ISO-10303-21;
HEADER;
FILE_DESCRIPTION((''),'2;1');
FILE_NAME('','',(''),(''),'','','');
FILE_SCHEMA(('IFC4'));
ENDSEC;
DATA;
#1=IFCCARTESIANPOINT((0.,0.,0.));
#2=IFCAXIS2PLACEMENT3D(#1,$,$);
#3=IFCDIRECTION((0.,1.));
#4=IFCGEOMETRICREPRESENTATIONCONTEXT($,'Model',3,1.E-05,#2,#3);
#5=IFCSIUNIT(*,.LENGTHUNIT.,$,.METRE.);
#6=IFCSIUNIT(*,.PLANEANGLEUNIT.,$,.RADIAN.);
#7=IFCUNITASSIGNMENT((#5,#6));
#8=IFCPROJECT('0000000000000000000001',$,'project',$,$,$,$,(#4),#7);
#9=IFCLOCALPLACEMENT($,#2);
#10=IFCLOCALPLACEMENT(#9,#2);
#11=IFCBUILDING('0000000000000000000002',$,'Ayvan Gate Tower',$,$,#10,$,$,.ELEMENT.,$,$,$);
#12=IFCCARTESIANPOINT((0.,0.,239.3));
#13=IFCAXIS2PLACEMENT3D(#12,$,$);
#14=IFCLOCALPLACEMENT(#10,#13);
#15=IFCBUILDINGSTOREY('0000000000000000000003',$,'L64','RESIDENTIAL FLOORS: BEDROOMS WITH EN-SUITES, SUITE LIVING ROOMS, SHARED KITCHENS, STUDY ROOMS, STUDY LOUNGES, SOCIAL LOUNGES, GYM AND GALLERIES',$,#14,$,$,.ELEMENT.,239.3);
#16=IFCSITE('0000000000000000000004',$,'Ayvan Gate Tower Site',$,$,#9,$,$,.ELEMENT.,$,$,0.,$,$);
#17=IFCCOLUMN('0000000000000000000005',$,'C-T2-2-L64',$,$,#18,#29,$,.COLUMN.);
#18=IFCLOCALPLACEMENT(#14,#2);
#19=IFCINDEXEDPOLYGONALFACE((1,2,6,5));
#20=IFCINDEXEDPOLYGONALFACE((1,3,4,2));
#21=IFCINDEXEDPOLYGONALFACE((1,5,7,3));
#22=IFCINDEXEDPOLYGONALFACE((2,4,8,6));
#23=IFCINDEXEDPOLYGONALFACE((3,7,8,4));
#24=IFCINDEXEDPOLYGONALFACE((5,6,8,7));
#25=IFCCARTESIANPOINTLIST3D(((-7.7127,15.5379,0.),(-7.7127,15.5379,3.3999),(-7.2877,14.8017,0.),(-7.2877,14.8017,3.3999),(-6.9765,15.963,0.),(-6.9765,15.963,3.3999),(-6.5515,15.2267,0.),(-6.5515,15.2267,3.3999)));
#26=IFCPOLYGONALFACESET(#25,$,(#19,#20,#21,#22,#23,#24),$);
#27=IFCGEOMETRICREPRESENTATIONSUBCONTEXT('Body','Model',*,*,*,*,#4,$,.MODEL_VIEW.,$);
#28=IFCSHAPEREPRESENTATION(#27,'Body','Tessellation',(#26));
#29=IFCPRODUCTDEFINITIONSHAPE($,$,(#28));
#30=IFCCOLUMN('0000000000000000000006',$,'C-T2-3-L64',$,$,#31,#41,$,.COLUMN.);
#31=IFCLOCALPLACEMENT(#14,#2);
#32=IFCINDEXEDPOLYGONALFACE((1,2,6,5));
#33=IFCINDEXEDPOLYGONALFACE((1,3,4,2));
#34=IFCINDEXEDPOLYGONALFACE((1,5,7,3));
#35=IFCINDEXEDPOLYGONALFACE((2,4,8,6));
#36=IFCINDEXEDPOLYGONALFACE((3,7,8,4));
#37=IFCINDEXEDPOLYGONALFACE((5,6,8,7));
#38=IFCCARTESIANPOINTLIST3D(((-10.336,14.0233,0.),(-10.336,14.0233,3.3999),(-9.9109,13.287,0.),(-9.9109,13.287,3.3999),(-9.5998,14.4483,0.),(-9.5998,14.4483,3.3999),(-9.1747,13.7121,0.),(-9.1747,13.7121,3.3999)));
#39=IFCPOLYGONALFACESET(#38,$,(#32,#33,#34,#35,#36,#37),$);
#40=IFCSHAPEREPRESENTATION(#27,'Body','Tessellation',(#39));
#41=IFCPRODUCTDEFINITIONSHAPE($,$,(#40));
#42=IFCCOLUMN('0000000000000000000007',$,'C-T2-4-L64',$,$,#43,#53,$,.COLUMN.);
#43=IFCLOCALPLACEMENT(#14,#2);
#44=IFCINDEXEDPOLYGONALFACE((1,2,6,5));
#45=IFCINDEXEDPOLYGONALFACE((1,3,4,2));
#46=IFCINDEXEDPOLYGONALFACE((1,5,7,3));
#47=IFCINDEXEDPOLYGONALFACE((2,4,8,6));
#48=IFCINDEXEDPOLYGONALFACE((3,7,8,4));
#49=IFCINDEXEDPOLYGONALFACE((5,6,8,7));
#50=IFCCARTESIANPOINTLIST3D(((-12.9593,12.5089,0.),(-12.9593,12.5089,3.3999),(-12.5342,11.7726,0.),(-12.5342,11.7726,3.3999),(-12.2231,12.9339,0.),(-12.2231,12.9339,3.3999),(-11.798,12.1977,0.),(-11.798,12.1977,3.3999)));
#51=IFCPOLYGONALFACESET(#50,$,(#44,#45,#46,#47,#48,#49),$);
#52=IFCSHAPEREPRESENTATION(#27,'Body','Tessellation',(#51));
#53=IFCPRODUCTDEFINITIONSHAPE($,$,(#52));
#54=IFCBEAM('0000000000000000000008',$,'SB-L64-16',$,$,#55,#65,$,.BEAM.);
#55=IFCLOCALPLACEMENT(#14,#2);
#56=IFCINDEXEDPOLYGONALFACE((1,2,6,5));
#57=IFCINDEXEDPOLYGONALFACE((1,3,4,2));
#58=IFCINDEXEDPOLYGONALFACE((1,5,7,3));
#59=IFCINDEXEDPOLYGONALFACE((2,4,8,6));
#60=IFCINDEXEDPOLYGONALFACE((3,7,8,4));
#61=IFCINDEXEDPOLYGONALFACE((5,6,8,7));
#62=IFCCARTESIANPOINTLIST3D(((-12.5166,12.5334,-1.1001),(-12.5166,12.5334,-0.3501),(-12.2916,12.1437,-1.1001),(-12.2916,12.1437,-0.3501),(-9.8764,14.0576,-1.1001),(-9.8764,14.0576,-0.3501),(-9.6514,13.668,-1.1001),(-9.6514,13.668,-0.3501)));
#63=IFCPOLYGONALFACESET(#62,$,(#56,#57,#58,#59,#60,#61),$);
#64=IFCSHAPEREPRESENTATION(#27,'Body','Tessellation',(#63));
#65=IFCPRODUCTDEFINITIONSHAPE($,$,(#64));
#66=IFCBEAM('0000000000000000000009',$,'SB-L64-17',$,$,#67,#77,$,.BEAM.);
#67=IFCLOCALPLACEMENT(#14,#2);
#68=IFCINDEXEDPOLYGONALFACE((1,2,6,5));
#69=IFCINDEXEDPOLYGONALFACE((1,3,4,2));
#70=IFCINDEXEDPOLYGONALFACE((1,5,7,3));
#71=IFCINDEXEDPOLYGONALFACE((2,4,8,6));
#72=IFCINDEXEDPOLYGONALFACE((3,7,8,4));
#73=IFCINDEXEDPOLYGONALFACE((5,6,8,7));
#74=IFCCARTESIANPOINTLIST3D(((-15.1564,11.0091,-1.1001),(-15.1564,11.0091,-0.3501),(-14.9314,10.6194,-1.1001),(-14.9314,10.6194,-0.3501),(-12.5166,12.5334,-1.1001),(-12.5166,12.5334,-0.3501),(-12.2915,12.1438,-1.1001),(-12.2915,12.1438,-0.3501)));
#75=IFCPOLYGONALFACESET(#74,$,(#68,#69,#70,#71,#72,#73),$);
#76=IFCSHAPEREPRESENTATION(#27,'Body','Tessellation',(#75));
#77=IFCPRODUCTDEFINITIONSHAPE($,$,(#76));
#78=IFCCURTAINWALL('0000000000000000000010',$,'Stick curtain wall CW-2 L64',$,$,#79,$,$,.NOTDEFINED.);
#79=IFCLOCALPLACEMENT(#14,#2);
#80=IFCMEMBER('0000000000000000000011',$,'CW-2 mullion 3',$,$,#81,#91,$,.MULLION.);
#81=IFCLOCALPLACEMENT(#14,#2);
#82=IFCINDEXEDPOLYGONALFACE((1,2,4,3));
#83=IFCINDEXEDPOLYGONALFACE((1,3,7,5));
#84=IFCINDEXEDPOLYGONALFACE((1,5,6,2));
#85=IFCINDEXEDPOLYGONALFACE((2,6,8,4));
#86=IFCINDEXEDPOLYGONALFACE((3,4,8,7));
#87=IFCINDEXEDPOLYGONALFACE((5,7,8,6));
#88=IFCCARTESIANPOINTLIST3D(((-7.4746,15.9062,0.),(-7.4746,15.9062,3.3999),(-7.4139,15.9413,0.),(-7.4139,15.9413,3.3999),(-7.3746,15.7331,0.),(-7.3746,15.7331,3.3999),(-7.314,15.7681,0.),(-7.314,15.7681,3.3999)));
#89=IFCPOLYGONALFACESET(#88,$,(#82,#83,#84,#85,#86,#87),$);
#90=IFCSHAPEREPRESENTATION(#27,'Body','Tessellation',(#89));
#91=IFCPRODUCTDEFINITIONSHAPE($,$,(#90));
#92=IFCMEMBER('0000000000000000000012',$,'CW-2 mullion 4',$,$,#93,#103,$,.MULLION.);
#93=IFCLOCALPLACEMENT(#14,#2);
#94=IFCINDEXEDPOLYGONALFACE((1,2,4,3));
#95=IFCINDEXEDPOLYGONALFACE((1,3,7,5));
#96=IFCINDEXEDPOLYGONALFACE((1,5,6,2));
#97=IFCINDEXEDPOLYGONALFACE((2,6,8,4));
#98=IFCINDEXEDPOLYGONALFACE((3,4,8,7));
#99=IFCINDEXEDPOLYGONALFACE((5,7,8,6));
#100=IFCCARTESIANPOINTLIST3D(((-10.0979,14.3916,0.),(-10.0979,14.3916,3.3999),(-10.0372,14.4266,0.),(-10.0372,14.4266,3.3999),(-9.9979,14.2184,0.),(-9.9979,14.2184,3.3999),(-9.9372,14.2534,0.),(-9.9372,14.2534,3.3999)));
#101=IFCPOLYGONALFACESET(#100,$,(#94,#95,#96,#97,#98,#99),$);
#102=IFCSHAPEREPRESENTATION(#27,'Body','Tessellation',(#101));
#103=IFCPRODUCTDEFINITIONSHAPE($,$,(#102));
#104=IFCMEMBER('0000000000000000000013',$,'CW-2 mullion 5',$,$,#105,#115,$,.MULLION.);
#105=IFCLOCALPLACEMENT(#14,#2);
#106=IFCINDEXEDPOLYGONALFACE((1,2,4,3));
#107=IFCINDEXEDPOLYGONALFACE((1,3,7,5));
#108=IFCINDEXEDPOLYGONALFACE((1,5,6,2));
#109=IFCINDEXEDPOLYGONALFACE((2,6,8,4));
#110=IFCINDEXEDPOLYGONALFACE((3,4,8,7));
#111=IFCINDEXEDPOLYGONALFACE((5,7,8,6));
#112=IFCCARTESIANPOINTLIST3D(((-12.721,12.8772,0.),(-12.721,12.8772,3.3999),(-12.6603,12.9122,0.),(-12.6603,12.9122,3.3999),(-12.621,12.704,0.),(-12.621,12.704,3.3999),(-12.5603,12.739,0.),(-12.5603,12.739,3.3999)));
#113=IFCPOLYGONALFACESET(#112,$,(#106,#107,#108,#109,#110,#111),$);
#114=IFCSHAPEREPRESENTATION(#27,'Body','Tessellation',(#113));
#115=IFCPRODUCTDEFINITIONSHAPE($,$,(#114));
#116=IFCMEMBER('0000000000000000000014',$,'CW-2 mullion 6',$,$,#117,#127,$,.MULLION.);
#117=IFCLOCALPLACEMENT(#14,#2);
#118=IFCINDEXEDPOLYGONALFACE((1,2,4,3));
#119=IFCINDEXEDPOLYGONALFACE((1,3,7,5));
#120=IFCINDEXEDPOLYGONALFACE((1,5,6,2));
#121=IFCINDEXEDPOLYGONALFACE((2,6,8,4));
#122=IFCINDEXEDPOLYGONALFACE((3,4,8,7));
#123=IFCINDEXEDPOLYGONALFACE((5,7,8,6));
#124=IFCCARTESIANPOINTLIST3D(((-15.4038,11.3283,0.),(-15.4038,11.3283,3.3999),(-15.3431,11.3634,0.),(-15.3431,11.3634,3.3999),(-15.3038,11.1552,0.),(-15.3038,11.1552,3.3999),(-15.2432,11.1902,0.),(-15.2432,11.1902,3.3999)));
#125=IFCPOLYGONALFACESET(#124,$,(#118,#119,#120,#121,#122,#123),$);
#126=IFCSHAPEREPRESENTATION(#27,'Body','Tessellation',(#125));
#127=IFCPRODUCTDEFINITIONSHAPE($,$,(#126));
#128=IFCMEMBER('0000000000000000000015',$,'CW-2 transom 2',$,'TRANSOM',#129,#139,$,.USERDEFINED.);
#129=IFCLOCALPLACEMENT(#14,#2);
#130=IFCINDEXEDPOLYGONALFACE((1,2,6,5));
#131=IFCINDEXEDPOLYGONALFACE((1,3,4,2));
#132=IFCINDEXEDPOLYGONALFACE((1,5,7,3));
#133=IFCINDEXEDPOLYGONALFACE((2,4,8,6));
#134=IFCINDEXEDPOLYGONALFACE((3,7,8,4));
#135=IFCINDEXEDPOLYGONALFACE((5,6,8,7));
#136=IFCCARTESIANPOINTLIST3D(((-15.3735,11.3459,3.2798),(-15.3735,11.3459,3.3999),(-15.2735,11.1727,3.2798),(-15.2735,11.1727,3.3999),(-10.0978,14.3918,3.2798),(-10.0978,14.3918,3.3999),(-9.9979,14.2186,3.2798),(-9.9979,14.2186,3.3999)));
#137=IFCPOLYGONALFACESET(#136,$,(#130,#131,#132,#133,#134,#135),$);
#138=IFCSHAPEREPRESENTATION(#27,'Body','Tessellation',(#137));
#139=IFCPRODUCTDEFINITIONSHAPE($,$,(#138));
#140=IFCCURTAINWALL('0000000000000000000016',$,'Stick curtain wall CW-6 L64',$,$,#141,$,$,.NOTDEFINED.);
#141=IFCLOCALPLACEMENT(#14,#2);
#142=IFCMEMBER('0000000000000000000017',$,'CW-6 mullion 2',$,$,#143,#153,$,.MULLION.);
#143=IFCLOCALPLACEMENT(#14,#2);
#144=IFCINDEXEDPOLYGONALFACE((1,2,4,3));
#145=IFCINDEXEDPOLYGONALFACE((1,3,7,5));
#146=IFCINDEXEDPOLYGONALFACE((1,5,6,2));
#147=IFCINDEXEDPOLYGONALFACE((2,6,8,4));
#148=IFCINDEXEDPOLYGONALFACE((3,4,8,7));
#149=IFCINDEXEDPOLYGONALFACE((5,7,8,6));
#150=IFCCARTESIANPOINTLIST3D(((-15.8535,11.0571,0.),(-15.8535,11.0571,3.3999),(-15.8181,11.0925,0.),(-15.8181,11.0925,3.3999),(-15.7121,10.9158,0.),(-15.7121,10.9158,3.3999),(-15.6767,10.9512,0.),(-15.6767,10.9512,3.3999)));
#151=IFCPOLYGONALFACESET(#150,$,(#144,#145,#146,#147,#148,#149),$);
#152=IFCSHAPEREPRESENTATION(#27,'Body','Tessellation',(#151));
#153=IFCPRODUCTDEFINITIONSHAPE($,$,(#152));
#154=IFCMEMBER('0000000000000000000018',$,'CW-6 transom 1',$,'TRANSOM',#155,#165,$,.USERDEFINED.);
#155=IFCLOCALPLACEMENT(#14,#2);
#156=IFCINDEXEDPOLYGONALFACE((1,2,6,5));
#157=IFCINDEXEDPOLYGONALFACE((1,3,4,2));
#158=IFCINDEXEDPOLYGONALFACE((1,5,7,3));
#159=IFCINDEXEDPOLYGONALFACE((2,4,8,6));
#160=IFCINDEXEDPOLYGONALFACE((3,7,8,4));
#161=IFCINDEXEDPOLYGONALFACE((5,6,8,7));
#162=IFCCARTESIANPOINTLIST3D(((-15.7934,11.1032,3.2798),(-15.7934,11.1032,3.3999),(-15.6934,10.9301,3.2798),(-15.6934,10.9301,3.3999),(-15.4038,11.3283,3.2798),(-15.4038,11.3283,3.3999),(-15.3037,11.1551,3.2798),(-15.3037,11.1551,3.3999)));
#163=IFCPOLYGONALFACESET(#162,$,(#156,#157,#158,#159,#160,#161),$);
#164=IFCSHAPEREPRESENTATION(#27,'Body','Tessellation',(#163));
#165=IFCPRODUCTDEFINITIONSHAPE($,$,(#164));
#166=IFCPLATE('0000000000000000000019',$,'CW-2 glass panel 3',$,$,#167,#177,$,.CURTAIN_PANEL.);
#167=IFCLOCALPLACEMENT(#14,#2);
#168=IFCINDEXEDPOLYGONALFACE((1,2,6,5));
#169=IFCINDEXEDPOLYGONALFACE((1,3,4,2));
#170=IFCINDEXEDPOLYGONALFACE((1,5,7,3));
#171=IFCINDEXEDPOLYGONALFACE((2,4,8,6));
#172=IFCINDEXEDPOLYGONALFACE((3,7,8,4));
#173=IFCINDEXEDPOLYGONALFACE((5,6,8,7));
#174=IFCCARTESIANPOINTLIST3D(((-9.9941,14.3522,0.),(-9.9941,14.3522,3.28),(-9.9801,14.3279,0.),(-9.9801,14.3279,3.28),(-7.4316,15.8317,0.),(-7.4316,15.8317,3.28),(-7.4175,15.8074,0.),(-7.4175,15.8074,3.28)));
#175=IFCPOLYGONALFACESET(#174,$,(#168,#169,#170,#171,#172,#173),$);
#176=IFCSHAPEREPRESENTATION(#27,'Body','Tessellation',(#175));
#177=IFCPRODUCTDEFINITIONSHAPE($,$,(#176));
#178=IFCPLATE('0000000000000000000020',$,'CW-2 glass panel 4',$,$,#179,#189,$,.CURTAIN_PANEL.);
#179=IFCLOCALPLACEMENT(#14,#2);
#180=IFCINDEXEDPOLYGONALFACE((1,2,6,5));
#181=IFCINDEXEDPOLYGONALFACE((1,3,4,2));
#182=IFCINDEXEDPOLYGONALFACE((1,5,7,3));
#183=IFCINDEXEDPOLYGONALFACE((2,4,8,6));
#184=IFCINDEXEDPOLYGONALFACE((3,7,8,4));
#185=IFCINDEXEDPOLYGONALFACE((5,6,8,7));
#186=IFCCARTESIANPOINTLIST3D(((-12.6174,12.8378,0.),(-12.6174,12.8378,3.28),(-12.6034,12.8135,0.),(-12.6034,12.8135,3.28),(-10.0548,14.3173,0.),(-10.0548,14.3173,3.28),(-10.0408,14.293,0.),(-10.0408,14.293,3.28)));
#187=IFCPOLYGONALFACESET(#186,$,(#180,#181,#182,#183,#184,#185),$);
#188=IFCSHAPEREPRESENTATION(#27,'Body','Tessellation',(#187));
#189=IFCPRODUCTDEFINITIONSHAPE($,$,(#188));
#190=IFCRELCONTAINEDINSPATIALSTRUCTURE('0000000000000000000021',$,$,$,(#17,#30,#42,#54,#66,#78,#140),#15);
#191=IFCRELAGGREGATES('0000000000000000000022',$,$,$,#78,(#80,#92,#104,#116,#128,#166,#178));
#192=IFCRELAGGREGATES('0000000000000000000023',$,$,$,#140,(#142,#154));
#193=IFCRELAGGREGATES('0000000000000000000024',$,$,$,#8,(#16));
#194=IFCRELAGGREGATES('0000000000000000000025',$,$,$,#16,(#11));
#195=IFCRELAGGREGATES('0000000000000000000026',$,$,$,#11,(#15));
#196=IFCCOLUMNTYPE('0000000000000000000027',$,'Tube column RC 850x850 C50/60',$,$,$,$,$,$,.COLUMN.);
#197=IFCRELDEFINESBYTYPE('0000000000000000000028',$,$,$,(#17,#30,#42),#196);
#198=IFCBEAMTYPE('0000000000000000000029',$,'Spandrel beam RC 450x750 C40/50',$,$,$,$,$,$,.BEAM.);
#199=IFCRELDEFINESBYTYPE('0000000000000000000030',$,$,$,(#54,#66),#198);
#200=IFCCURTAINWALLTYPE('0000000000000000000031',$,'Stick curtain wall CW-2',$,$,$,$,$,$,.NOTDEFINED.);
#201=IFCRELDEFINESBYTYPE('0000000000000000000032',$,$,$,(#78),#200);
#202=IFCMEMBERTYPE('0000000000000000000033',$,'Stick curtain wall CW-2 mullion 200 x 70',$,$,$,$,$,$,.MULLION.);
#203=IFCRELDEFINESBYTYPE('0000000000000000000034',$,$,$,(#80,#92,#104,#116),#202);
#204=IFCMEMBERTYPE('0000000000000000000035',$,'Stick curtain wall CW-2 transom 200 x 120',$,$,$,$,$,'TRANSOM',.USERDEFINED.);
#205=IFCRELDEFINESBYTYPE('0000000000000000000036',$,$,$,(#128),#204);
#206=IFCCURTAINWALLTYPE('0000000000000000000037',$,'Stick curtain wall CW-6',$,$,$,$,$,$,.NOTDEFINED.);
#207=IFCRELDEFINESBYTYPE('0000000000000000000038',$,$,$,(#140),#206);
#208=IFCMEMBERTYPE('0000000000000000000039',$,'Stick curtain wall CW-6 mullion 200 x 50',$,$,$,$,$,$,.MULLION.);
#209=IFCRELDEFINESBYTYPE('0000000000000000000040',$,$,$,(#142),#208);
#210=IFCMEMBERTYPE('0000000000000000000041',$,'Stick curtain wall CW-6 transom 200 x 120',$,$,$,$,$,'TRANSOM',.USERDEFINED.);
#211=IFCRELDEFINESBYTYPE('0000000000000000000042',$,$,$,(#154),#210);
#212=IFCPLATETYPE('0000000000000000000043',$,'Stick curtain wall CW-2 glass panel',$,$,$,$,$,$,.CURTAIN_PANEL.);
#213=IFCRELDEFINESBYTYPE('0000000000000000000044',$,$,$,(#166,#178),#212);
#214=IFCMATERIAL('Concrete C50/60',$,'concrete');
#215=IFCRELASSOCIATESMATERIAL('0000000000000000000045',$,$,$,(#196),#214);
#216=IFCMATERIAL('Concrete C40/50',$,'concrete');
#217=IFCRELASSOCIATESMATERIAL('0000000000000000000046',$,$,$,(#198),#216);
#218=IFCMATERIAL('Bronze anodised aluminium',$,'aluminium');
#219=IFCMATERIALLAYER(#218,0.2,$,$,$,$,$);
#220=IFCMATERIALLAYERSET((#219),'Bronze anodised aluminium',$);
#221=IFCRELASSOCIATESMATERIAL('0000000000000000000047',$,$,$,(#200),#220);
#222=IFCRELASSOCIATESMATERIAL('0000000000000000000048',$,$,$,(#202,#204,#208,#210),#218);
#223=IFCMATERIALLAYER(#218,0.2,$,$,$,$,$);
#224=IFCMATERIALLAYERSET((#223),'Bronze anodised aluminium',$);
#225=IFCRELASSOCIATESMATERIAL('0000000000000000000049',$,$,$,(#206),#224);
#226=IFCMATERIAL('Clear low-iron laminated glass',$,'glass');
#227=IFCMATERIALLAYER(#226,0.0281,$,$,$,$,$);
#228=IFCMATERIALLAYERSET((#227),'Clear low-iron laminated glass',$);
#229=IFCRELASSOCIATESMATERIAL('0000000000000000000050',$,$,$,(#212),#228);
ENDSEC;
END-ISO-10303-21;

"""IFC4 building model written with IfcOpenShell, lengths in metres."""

from ifc_helpers import new_model, si_unit, direction, frame, origin, origin_2d, place, context, subcontext, project, spatial, rectangle, extrude, material, layer, layer_set, material_profile, profile_set, type_object, element, aggregate, save


model = new_model("IFC4")

# Units and contexts
model_context = context("Model", 3, precision=1e-05, world=origin(), true_north=direction((0.0, 1.0)))
body_context = subcontext(model_context, "Body", "Model", "MODEL_VIEW")
ifc_project = project(units=[si_unit("LENGTHUNIT", "METRE"), si_unit("PLANEANGLEUNIT", "RADIAN")], contexts=[model_context])

# Site, building, storey
site_placement = place(None, origin())
site = spatial("IfcSite", under=ifc_project, at=site_placement, Name="Ayvan Gate Tower Site", CompositionType="ELEMENT", RefElevation=0.0)
building_placement = place(site_placement, origin())
building = spatial("IfcBuilding", under=site, at=building_placement, Name="Ayvan Gate Tower", CompositionType="ELEMENT")
storey_placement = place(building_placement, frame((0.0, 0.0, 239.3)))
storey = spatial("IfcBuildingStorey", under=building, at=storey_placement, Name="L64", Description="RESIDENTIAL FLOORS: BEDROOMS WITH EN-SUITES, SUITE LIVING ROOMS, SHARED KITCHENS, STUDY ROOMS, STUDY LOUNGES, SOCIAL LOUNGES, GYM AND GALLERIES", CompositionType="ELEMENT", Elevation=239.3)

# Columns
ifc_material_1 = material(Name="Concrete C50/60", Category="concrete")
ifc_material_profile_1 = material_profile(ifc_material_1, rectangle(XDim=0.8501, YDim=0.8501, at=origin_2d()), Name="RC 850x850")
ifc_profile_set_1 = profile_set([ifc_material_profile_1], Name="Concrete C50/60")
column_type = type_object("IfcColumnType", Name="Tube column RC 850x850 C50/60", PredefinedType="COLUMN", material=ifc_profile_set_1)
for number, where, z_axis, x_axis, name in (
    (1, (-7.1321, 15.3823, 0.0), (0.0, 0.0, 1.0), (-0.5, 0.866025, 0.0), "C-T2-2-L64"),
    (2, (-9.7554, 13.8677, 0.0), (0.0, 0.0, 1.0), (-0.5, 0.866025, 0.0), "C-T2-3-L64"),
    (3, (-12.3787, 12.3533, 0.0), (0.0, 0.0, 1.0), (-0.5, 0.866025, 0.0), "C-T2-4-L64"),
):
    element("IfcColumn", number, at=place(storey_placement, frame(where, z_axis=z_axis, x_axis=x_axis)), inside=storey, type_object=column_type, Name=name, PredefinedType="COLUMN", context=body_context, shape_type="SweptSolid", body=[
        extrude(rectangle(XDim=0.8501, YDim=0.8501, at=origin_2d()), origin(), (0.0, 0.0, 1.0), 3.3999),
    ])

# Beams
ifc_material_2 = material(Name="Concrete C40/50", Category="concrete")
ifc_material_profile_2 = material_profile(ifc_material_2, rectangle(XDim=0.45, YDim=0.75, at=origin_2d()), Name="RC 450x750")
ifc_profile_set_2 = profile_set([ifc_material_profile_2], Name="Concrete C40/50")
beam_type = type_object("IfcBeamType", Name="Spandrel beam RC 450x750 C40/50", PredefinedType="BEAM", material=ifc_profile_set_2)
beam_1_placement = place(storey_placement, frame((-9.7639, 13.8628, -0.7251), z_axis=(-0.866042, -0.499972, 0.0), x_axis=(0.499972, -0.866042, 0.0)))
element("IfcBeam", 4, at=beam_1_placement, inside=storey, type_object=beam_type, Name="SB-L64-16", PredefinedType="BEAM", context=body_context, shape_type="SweptSolid", body=[
    extrude(rectangle(XDim=0.45, YDim=0.75, at=origin_2d()), origin(), (0.0, 0.0, 1.0), 3.0486),
])
beam_2_placement = place(storey_placement, frame((-12.4041, 12.3386, -0.7251), z_axis=(-0.865987, -0.500067, 0.0), x_axis=(0.500067, -0.865987, 0.0)))
element("IfcBeam", 5, at=beam_2_placement, inside=storey, type_object=beam_type, Name="SB-L64-17", PredefinedType="BEAM", context=body_context, shape_type="SweptSolid", body=[
    extrude(rectangle(XDim=0.45, YDim=0.75, at=origin_2d()), origin(), (0.0, 0.0, 1.0), 3.0483),
])

# Curtain walls, members
ifc_material_3 = material(Name="Bronze anodised aluminium", Category="aluminium")
ifc_layer_1 = layer(ifc_material_3, 0.2)
ifc_layer_set_1 = layer_set([ifc_layer_1], Name="Bronze anodised aluminium")
curtain_wall_type_1 = type_object("IfcCurtainWallType", Name="Stick curtain wall CW-2", PredefinedType="NOTDEFINED", material=ifc_layer_set_1)
curtain_wall_1_placement = place(storey_placement, origin())
curtain_wall_1 = element("IfcCurtainWall", 6, at=curtain_wall_1_placement, inside=storey, type_object=curtain_wall_type_1, Name="Stick curtain wall CW-2 L64", PredefinedType="NOTDEFINED")
ifc_material_profile_3 = material_profile(ifc_material_3, rectangle(XDim=0.2, YDim=0.0701, at=origin_2d()), Name="Stick curtain wall CW-2 mullion 200 x 70")
ifc_profile_set_3 = profile_set([ifc_material_profile_3], Name="Bronze anodised aluminium")
member_type_1 = type_object("IfcMemberType", Name="Stick curtain wall CW-2 mullion 200 x 70", PredefinedType="MULLION", material=ifc_profile_set_3)
member_1_placement = place(storey_placement, frame((-7.3943, 15.8372, 0.0), z_axis=(0.0, 0.0, 1.0), x_axis=(-0.5, 0.866025, 0.0)))
member_1 = element("IfcMember", 7, at=member_1_placement, type_object=member_type_1, Name="CW-2 mullion 3", PredefinedType="MULLION", context=body_context, shape_type="SweptSolid", body=[
    extrude(rectangle(XDim=0.2, YDim=0.0701, at=origin_2d()), origin(), (0.0, 0.0, 1.0), 3.3999),
])
member_2_placement = place(storey_placement, frame((-10.0176, 14.3225, 0.0), z_axis=(0.0, 0.0, 1.0), x_axis=(-0.5, 0.866025, 0.0)))
member_2 = element("IfcMember", 8, at=member_2_placement, type_object=member_type_1, Name="CW-2 mullion 4", PredefinedType="MULLION", context=body_context, shape_type="SweptSolid", body=[
    extrude(rectangle(XDim=0.2, YDim=0.0701, at=origin_2d()), origin(), (0.0, 0.0, 1.0), 3.3999),
])
member_3_placement = place(storey_placement, frame((-12.6406, 12.8081, 0.0), z_axis=(0.0, 0.0, 1.0), x_axis=(-0.5, 0.866025, 0.0)))
member_3 = element("IfcMember", 9, at=member_3_placement, type_object=member_type_1, Name="CW-2 mullion 5", PredefinedType="MULLION", context=body_context, shape_type="SweptSolid", body=[
    extrude(rectangle(XDim=0.2, YDim=0.0701, at=origin_2d()), origin(), (0.0, 0.0, 1.0), 3.3999),
])
member_4_placement = place(storey_placement, frame((-15.3235, 11.2593, 0.0), z_axis=(0.0, 0.0, 1.0), x_axis=(-0.5, 0.866025, 0.0)))
member_4 = element("IfcMember", 10, at=member_4_placement, type_object=member_type_1, Name="CW-2 mullion 6", PredefinedType="MULLION", context=body_context, shape_type="SweptSolid", body=[
    extrude(rectangle(XDim=0.2, YDim=0.0701, at=origin_2d()), origin(), (0.0, 0.0, 1.0), 3.3999),
])
ifc_material_profile_4 = material_profile(ifc_material_3, rectangle(XDim=0.2, YDim=0.1201, at=origin_2d()), Name="Stick curtain wall CW-2 transom 200 x 120")
ifc_profile_set_4 = profile_set([ifc_material_profile_4], Name="Bronze anodised aluminium")
member_type_2 = type_object("IfcMemberType", Name="Stick curtain wall CW-2 transom 200 x 120", ElementType="TRANSOM", PredefinedType="USERDEFINED", material=ifc_profile_set_4)
member_5_placement = place(storey_placement, frame((-10.0479, 14.3052, 3.3398), z_axis=(-0.866025, -0.500001, 0.0), x_axis=(0.500001, -0.866025, 0.0)))
member_5 = element("IfcMember", 11, at=member_5_placement, type_object=member_type_2, Name="CW-2 transom 2", ObjectType="TRANSOM", PredefinedType="USERDEFINED", context=body_context, shape_type="SweptSolid", body=[
    extrude(rectangle(XDim=0.2, YDim=0.1201, at=origin_2d()), origin(), (0.0, 0.0, 1.0), 6.0918),
])
ifc_layer_2 = layer(ifc_material_3, 0.2)
ifc_layer_set_2 = layer_set([ifc_layer_2], Name="Bronze anodised aluminium")
curtain_wall_type_2 = type_object("IfcCurtainWallType", Name="Stick curtain wall CW-6", PredefinedType="NOTDEFINED", material=ifc_layer_set_2)
curtain_wall_2_placement = place(storey_placement, origin())
curtain_wall_2 = element("IfcCurtainWall", 12, at=curtain_wall_2_placement, inside=storey, type_object=curtain_wall_type_2, Name="Stick curtain wall CW-6 L64", PredefinedType="NOTDEFINED")
ifc_material_profile_5 = material_profile(ifc_material_3, rectangle(XDim=0.2, YDim=0.05, at=origin_2d()), Name="Stick curtain wall CW-6 mullion 200 x 50")
ifc_profile_set_5 = profile_set([ifc_material_profile_5], Name="Bronze anodised aluminium")
member_type_3 = type_object("IfcMemberType", Name="Stick curtain wall CW-6 mullion 200 x 50", PredefinedType="MULLION", material=ifc_profile_set_5)
member_6_placement = place(storey_placement, frame((-15.7651, 11.0042, 0.0), z_axis=(0.0, 0.0, 1.0), x_axis=(-0.707107, 0.707107, 0.0)))
member_6 = element("IfcMember", 13, at=member_6_placement, type_object=member_type_3, Name="CW-6 mullion 2", PredefinedType="MULLION", context=body_context, shape_type="SweptSolid", body=[
    extrude(rectangle(XDim=0.2, YDim=0.05, at=origin_2d()), origin(), (0.0, 0.0, 1.0), 3.3999),
])
ifc_material_profile_6 = material_profile(ifc_material_3, rectangle(XDim=0.2, YDim=0.1201, at=origin_2d()), Name="Stick curtain wall CW-6 transom 200 x 120")
ifc_profile_set_6 = profile_set([ifc_material_profile_6], Name="Bronze anodised aluminium")
member_type_4 = type_object("IfcMemberType", Name="Stick curtain wall CW-6 transom 200 x 120", ElementType="TRANSOM", PredefinedType="USERDEFINED", material=ifc_profile_set_6)
member_7_placement = place(storey_placement, frame((-15.3538, 11.2417, 3.3398), z_axis=(-0.865896, -0.500223, 0.0), x_axis=(0.500223, -0.865896, 0.0)))
member_7 = element("IfcMember", 14, at=member_7_placement, type_object=member_type_4, Name="CW-6 transom 1", ObjectType="TRANSOM", PredefinedType="USERDEFINED", context=body_context, shape_type="SweptSolid", body=[
    extrude(rectangle(XDim=0.2, YDim=0.1201, at=origin_2d()), origin(), (0.0, 0.0, 1.0), 0.45),
])

# Plates
ifc_material_4 = material(Name="Clear low-iron laminated glass", Category="glass")
ifc_layer_3 = layer(ifc_material_4, 0.0281)
ifc_layer_set_3 = layer_set([ifc_layer_3], Name="Clear low-iron laminated glass")
plate_type_1 = type_object("IfcPlateType", Name="Stick curtain wall CW-2 glass panel", PredefinedType="CURTAIN_PANEL", material=ifc_layer_set_3)
plate_1_placement = place(storey_placement, frame((-8.7058, 15.0798, 0.0), z_axis=(0.0, 0.0, 1.0), x_axis=(-0.866025, -0.5, 0.0)))
plate_1 = element("IfcPlate", 15, at=plate_1_placement, type_object=plate_type_1, Name="CW-2 glass panel 3", PredefinedType="CURTAIN_PANEL", context=body_context, shape_type="SweptSolid", body=[
    extrude(rectangle(XDim=2.959, YDim=0.0281, at=origin_2d()), origin(), (0.0, 0.0, 1.0), 3.28),
])
plate_2_placement = place(storey_placement, frame((-11.3291, 13.5654, 0.0), z_axis=(0.0, 0.0, 1.0), x_axis=(-0.866025, -0.5, 0.0)))
plate_2 = element("IfcPlate", 16, at=plate_2_placement, type_object=plate_type_1, Name="CW-2 glass panel 4", PredefinedType="CURTAIN_PANEL", context=body_context, shape_type="SweptSolid", body=[
    extrude(rectangle(XDim=2.959, YDim=0.0281, at=origin_2d()), origin(), (0.0, 0.0, 1.0), 3.28),
])
aggregate(curtain_wall_1, [member_1, member_2, member_3, member_4, member_5, plate_1, plate_2])
aggregate(curtain_wall_2, [member_6, member_7])

save(model, "model.ifc")
